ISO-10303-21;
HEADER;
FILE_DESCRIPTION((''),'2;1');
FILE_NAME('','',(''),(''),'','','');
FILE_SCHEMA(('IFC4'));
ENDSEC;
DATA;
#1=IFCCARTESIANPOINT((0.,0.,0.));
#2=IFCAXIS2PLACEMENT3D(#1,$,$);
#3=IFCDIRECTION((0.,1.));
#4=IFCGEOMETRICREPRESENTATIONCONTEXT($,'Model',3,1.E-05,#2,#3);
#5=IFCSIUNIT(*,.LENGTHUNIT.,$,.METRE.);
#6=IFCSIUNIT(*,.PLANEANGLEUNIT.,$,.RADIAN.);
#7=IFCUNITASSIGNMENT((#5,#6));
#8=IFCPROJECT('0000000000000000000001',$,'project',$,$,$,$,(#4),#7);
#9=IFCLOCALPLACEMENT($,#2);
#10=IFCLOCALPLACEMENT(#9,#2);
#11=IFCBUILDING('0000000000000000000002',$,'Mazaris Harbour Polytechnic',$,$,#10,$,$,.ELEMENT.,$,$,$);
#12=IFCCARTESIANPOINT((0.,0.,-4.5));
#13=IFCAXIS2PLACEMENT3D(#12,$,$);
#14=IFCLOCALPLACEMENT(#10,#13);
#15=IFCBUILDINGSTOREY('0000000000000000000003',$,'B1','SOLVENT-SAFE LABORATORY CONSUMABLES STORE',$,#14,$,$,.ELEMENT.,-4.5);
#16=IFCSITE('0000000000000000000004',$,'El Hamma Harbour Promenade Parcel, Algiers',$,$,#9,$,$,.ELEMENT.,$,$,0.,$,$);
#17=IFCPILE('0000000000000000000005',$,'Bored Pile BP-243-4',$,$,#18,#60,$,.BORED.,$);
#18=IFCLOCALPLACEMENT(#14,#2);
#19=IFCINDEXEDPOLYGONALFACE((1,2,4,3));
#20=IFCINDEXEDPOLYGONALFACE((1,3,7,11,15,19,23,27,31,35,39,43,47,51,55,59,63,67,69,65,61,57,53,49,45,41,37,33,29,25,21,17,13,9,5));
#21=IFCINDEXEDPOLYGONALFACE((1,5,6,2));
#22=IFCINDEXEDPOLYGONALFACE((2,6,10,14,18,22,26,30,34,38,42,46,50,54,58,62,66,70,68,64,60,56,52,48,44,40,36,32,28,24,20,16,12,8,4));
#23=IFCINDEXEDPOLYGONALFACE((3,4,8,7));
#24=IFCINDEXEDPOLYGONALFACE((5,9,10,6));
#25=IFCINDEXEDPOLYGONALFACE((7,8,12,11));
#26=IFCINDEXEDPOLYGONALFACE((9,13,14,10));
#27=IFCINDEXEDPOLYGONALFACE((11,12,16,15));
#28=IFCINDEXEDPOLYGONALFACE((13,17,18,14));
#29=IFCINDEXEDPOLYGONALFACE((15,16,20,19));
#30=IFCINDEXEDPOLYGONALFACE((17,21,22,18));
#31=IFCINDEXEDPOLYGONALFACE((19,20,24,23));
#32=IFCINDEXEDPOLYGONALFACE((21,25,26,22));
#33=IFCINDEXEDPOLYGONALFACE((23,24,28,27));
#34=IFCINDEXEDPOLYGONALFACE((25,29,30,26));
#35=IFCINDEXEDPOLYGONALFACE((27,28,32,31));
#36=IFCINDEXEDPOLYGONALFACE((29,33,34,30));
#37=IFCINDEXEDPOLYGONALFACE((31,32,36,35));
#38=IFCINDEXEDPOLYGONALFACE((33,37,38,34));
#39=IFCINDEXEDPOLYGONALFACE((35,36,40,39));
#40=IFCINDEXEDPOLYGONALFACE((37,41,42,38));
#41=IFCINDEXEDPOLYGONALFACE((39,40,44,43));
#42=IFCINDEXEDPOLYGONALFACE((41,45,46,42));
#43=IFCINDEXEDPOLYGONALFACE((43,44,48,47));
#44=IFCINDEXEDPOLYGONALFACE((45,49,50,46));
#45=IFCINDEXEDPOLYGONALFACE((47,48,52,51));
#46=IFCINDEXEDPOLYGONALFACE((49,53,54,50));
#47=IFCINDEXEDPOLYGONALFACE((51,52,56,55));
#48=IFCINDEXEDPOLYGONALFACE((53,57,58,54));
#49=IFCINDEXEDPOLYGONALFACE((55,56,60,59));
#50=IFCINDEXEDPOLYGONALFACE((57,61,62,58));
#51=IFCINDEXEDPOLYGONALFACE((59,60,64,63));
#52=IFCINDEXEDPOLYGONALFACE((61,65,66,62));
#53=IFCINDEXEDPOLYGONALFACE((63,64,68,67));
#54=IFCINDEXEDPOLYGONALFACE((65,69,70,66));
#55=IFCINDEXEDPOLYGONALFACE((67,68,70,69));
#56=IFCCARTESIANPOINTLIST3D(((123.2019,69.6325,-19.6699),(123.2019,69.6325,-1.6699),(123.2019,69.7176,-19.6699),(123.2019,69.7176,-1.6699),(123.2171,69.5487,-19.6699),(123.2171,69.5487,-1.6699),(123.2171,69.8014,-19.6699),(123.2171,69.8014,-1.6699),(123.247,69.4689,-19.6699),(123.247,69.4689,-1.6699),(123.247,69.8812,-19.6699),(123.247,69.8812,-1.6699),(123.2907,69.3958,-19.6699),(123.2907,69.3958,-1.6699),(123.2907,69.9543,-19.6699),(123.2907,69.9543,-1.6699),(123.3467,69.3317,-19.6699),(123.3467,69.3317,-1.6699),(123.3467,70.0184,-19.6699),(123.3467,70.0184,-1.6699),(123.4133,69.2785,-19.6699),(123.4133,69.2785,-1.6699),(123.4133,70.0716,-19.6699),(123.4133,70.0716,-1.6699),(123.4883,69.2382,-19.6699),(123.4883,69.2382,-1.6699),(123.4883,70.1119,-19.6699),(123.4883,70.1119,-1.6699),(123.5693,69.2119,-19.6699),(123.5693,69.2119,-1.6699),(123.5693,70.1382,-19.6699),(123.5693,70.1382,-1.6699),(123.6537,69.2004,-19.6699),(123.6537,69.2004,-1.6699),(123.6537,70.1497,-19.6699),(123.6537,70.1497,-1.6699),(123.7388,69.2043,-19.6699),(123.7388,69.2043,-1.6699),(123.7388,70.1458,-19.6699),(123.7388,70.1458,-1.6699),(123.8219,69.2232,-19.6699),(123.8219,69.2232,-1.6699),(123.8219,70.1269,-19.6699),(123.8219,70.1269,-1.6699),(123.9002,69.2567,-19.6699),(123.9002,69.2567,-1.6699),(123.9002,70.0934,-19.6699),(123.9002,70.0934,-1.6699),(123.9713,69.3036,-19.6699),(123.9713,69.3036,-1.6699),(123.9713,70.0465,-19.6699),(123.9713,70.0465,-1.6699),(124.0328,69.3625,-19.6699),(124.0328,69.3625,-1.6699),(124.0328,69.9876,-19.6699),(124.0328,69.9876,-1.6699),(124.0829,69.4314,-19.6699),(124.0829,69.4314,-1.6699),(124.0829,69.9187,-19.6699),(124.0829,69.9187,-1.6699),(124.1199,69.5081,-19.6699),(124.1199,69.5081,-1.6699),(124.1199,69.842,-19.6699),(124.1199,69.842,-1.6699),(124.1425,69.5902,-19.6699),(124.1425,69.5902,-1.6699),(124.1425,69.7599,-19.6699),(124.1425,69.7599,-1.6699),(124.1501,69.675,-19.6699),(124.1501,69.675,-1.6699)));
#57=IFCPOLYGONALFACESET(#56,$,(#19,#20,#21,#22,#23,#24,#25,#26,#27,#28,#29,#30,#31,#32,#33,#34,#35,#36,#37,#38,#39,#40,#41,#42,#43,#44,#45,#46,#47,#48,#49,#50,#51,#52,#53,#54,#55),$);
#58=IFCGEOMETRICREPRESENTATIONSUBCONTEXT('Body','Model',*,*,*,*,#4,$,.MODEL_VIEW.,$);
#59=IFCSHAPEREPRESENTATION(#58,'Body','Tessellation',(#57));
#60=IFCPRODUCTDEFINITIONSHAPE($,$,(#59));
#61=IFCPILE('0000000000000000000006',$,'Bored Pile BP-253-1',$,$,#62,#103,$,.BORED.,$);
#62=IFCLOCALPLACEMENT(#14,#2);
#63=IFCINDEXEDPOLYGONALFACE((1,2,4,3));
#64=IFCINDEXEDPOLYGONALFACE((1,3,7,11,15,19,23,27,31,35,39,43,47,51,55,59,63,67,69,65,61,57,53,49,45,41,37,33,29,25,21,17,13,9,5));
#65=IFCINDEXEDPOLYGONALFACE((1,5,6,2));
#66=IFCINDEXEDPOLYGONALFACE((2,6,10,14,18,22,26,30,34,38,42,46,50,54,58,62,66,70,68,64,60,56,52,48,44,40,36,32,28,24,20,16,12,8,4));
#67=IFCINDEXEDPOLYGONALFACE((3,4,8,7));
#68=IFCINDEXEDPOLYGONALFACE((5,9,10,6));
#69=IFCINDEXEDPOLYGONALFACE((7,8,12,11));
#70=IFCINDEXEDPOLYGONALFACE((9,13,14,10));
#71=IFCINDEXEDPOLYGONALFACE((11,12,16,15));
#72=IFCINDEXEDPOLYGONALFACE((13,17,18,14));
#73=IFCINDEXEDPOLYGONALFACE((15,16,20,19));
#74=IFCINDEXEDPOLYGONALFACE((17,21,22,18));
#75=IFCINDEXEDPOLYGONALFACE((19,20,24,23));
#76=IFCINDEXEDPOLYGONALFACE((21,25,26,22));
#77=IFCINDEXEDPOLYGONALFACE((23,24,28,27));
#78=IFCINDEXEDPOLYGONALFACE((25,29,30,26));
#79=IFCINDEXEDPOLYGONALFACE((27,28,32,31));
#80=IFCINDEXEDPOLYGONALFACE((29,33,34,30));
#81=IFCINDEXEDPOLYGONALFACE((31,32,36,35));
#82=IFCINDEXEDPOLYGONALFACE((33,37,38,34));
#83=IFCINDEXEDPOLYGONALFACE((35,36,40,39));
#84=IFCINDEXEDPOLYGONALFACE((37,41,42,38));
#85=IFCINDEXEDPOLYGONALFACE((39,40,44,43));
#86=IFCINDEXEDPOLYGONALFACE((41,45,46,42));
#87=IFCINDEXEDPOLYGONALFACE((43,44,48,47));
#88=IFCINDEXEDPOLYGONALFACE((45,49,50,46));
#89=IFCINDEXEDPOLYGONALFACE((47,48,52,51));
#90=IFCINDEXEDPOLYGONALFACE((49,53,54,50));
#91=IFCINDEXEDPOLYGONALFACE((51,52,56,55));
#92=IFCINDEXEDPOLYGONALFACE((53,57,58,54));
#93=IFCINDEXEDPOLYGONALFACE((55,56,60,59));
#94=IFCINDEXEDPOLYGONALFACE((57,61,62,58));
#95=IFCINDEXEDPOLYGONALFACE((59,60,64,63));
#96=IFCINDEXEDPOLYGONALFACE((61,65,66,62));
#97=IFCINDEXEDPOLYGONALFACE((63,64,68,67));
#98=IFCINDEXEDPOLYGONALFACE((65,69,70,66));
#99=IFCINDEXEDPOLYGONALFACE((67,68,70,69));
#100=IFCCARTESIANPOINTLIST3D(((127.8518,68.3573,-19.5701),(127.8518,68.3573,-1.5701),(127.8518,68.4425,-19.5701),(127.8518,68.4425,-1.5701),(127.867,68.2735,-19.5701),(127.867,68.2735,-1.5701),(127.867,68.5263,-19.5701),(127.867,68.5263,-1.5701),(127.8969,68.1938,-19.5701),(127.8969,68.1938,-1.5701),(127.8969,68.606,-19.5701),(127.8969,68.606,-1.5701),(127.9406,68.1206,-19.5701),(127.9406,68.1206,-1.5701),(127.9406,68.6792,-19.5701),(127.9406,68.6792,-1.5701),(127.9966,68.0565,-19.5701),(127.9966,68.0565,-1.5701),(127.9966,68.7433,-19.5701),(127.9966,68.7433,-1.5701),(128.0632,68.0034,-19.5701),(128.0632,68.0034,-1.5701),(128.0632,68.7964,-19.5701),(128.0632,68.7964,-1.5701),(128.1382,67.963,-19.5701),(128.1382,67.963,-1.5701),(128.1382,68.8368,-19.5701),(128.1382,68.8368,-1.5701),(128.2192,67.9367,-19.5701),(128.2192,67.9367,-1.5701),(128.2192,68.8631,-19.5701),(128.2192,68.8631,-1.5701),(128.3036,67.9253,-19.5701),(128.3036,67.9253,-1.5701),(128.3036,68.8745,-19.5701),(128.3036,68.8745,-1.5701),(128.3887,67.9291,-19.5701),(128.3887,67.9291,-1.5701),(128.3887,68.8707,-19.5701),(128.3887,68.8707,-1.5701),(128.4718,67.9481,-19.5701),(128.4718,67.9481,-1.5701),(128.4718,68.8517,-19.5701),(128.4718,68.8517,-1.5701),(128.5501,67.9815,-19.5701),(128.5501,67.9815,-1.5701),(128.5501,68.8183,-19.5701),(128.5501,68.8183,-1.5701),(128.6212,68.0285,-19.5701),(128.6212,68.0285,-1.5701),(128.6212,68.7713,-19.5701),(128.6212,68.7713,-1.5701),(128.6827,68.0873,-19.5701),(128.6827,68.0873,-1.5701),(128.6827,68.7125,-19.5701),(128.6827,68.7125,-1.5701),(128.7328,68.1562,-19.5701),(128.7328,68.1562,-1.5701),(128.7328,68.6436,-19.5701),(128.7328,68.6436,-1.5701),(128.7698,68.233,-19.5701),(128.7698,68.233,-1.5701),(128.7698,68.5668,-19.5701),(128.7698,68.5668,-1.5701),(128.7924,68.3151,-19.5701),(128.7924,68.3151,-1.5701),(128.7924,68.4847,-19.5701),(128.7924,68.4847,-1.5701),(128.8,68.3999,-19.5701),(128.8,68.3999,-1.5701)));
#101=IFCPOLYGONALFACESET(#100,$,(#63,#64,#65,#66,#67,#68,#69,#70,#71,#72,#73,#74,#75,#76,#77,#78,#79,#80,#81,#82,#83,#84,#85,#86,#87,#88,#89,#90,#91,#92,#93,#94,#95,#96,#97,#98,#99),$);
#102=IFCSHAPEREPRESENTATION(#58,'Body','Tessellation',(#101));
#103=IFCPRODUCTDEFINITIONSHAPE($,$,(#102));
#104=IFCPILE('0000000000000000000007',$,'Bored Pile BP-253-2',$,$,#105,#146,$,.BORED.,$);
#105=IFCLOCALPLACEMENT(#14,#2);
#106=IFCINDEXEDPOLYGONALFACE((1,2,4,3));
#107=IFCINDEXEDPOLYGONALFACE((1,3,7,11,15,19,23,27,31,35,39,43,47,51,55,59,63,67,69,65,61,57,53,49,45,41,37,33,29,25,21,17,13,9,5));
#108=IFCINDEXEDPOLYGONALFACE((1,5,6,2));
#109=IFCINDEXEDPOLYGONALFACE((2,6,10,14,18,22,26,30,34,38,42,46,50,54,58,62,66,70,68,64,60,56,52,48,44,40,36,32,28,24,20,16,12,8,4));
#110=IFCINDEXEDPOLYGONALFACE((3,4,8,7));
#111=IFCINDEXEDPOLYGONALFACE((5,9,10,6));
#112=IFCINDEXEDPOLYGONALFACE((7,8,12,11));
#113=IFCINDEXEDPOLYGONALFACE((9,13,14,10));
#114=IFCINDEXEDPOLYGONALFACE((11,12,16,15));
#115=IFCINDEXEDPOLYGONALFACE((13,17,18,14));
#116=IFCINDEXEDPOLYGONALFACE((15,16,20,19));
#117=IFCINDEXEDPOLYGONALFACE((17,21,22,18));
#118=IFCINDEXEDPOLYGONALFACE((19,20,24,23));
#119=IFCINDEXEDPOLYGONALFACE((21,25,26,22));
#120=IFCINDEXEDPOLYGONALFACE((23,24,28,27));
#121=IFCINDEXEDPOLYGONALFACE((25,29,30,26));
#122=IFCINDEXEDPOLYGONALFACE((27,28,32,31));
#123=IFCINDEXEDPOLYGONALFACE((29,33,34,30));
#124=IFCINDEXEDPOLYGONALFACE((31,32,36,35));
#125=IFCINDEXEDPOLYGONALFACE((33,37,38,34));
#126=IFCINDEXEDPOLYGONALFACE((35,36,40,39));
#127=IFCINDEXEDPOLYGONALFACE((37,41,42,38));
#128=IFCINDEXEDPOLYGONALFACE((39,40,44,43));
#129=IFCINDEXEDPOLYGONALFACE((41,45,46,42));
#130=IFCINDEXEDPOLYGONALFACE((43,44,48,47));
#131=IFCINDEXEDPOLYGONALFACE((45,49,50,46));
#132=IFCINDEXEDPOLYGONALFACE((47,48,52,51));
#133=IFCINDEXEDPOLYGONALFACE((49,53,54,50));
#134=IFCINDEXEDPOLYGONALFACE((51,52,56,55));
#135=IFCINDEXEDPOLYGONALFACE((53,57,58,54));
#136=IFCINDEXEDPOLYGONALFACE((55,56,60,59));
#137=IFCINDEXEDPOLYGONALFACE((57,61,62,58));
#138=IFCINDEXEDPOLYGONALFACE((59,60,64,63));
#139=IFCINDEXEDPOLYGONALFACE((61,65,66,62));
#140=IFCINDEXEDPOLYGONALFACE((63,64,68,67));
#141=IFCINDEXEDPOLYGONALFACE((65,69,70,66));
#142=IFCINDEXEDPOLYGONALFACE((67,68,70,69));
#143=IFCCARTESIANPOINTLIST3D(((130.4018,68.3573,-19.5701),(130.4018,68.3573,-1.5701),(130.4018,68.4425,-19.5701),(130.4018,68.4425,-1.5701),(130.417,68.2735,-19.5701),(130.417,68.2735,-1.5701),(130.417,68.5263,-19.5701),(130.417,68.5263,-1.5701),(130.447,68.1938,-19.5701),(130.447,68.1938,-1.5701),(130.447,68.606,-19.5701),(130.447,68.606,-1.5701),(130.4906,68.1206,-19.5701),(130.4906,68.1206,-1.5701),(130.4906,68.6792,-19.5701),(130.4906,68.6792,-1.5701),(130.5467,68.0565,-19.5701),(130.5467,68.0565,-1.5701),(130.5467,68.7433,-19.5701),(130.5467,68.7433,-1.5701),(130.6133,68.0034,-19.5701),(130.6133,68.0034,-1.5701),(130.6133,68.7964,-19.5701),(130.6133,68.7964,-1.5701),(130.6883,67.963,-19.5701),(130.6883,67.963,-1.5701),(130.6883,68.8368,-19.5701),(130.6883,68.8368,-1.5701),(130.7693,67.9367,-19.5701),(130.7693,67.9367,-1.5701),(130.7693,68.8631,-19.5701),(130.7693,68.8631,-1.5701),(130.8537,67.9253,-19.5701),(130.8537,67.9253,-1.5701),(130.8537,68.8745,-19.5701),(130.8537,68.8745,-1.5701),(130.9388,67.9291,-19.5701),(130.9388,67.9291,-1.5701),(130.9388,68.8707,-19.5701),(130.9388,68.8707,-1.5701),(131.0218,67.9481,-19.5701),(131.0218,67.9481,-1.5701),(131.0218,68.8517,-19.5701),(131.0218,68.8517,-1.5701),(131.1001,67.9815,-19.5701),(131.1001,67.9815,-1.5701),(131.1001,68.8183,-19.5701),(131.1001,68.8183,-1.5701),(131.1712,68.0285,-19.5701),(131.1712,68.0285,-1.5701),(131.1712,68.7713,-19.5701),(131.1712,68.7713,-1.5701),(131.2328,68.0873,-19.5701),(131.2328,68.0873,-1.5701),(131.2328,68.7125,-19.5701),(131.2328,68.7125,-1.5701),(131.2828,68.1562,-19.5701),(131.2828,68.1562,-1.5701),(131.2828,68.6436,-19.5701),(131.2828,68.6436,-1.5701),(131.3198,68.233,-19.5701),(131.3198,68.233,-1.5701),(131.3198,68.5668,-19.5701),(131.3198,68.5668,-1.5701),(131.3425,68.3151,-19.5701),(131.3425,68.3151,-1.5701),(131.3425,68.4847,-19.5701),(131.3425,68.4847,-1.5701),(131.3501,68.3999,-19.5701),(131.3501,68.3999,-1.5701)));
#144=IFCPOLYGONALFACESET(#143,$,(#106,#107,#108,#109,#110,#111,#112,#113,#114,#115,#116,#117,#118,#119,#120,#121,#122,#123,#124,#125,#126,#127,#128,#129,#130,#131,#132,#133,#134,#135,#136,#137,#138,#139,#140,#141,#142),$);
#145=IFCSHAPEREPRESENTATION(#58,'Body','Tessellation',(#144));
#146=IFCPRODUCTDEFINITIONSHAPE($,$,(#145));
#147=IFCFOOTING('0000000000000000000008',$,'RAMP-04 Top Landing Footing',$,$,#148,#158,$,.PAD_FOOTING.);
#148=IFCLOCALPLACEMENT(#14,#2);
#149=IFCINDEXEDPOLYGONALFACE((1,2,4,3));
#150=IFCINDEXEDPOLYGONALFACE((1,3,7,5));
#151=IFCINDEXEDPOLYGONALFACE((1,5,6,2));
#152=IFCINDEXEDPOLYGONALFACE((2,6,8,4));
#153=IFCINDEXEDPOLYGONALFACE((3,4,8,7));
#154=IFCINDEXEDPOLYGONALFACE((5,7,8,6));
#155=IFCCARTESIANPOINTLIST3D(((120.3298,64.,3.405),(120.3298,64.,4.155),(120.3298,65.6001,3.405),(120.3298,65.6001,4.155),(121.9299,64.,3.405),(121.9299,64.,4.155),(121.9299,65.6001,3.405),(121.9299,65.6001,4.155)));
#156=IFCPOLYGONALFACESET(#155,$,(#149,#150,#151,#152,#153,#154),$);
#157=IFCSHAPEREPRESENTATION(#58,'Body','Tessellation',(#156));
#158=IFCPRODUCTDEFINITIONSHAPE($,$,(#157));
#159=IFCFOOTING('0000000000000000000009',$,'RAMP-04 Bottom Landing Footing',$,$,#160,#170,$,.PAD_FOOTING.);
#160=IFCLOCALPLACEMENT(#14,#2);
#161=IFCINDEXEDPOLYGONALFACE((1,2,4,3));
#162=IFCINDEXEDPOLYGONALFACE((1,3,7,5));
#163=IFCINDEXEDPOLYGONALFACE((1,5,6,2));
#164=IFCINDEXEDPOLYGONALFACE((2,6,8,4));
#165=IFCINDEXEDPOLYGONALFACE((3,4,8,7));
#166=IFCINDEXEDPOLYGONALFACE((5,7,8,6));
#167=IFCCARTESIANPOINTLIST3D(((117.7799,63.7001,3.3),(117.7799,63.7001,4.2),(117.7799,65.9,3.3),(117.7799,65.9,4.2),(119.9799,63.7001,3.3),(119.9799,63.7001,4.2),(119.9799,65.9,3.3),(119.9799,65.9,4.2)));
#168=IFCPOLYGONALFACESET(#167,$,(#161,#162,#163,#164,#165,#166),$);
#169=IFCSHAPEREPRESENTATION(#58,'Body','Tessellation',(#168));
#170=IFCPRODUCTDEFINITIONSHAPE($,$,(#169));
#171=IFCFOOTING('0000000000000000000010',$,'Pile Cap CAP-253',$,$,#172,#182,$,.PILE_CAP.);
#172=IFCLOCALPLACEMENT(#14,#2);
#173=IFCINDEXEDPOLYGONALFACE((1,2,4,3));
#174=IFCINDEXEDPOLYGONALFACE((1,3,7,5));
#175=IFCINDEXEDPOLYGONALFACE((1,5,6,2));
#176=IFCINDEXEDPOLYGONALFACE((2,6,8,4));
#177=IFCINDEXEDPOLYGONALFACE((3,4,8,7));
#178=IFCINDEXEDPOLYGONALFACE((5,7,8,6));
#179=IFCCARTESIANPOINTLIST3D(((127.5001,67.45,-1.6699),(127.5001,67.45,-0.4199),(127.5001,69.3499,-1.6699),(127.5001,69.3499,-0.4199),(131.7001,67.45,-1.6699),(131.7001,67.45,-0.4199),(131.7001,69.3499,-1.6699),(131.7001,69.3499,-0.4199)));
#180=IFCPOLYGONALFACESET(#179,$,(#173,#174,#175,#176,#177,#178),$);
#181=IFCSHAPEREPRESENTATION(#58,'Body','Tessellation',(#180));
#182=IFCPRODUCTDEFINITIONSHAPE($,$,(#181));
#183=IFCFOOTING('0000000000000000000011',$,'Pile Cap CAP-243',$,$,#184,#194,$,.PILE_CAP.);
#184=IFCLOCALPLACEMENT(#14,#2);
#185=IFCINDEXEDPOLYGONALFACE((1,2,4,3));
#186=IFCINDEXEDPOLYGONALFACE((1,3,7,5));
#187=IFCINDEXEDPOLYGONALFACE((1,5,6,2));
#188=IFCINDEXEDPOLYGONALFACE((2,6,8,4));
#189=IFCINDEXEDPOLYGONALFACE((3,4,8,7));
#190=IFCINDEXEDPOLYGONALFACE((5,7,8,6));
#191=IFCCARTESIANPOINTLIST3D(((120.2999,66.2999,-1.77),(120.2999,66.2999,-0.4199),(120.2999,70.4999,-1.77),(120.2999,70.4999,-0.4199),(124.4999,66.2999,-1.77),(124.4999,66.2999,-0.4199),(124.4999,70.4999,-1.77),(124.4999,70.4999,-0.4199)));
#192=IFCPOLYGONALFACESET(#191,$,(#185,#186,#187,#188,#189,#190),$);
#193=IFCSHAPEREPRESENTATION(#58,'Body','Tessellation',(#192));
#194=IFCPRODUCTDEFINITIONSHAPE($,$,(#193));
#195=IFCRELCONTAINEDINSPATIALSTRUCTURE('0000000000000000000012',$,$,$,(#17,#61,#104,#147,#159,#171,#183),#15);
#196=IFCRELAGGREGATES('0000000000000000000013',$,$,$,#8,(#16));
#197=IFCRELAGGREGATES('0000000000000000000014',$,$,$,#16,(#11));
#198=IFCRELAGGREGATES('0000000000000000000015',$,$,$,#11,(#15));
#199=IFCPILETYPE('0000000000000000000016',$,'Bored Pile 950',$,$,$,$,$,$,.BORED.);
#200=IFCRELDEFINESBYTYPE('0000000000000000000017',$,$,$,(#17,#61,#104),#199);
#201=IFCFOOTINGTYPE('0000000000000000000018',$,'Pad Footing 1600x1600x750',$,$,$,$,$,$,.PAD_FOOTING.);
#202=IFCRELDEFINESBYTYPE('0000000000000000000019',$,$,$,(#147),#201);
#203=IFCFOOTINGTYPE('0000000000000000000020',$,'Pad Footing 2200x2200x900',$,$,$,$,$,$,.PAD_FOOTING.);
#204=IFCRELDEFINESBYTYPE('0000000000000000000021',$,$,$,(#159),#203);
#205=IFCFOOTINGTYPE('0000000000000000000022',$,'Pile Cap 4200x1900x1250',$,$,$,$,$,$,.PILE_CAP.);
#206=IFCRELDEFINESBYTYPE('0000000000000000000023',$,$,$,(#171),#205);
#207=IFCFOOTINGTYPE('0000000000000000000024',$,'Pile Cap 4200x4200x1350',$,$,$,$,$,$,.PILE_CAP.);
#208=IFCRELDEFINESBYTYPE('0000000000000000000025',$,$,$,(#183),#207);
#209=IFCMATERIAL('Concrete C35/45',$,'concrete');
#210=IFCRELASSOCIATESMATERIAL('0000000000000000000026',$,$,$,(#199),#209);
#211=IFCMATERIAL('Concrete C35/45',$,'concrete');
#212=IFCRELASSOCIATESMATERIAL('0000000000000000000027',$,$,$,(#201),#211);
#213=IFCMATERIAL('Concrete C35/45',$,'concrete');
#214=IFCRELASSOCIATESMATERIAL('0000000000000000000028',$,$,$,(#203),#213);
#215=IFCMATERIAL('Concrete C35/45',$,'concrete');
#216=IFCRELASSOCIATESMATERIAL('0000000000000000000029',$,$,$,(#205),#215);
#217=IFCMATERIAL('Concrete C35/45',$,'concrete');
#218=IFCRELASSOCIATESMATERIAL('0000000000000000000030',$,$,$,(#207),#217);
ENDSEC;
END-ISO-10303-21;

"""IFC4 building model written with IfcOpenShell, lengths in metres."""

from ifc_helpers import new_model, si_unit, direction, frame, origin, origin_2d, place, context, subcontext, project, spatial, rectangle, circle, extrude, material, material_profile, profile_set, type_object, element, save


model = new_model("IFC4")

# Units and contexts
model_context = context("Model", 3, precision=1e-05, world=origin(), true_north=direction((0.0, 1.0)))
body_context = subcontext(model_context, "Body", "Model", "MODEL_VIEW")
ifc_project = project(units=[si_unit("LENGTHUNIT", "METRE"), si_unit("PLANEANGLEUNIT", "RADIAN")], contexts=[model_context])

# Site, building, storey
site_placement = place(None, origin())
site = spatial("IfcSite", under=ifc_project, at=site_placement, Name="El Hamma Harbour Promenade Parcel, Algiers", CompositionType="ELEMENT", RefElevation=0.0)
building_placement = place(site_placement, origin())
building = spatial("IfcBuilding", under=site, at=building_placement, Name="Mazaris Harbour Polytechnic", CompositionType="ELEMENT")
storey_placement = place(building_placement, frame((0.0, 0.0, -4.5)))
storey = spatial("IfcBuildingStorey", under=building, at=storey_placement, Name="B1", Description="SOLVENT-SAFE LABORATORY CONSUMABLES STORE", CompositionType="ELEMENT", Elevation=-4.5)

# Piles
ifc_material_1 = material(Name="Concrete C35/45", Category="concrete")
ifc_material_profile_1 = material_profile(ifc_material_1, circle(Radius=0.4751, at=origin_2d()), Name="DIA950")
ifc_profile_set_1 = profile_set([ifc_material_profile_1], Name="Concrete C35/45")
pile_type_1 = type_object("IfcPileType", Name="Bored Pile 950", PredefinedType="BORED", material=ifc_profile_set_1)
for number, where, z_axis, x_axis, name in (
    (1, (123.675, 69.675, -1.6699), (0.0, 0.0, -1.0), (1.0, 0.0, 0.0), "Bored Pile BP-243-4"),
    (2, (128.325, 68.3999, -1.5701), (0.0, 0.0, -1.0), (1.0, 0.0, 0.0), "Bored Pile BP-253-1"),
    (3, (130.875, 68.3999, -1.5701), (0.0, 0.0, -1.0), (1.0, 0.0, 0.0), "Bored Pile BP-253-2"),
):
    element("IfcPile", number, at=place(storey_placement, frame(where, z_axis=z_axis, x_axis=x_axis)), inside=storey, type_object=pile_type_1, Name=name, PredefinedType="BORED", context=body_context, shape_type="SweptSolid", body=[
        extrude(circle(Radius=0.4751, at=origin_2d()), origin(), (0.0, 0.0, 1.0), 18.0),
    ])

# Footings
ifc_material_2 = material(Name="Concrete C35/45", Category="concrete")
footing_type_1 = type_object("IfcFootingType", Name="Pad Footing 1600x1600x750", PredefinedType="PAD_FOOTING", material=ifc_material_2)
footing_1_placement = place(storey_placement, frame((121.1299, 64.8, 3.405), z_axis=(0.0, 0.0, 1.0), x_axis=(1.0, 0.0, 0.0)))
element("IfcFooting", 4, at=footing_1_placement, inside=storey, type_object=footing_type_1, Name="RAMP-04 Top Landing Footing", PredefinedType="PAD_FOOTING", context=body_context, shape_type="SweptSolid", body=[
    extrude(rectangle(XDim=1.6001, YDim=1.6001, at=origin_2d()), origin(), (0.0, 0.0, 1.0), 0.75),
])
ifc_material_3 = material(Name="Concrete C35/45", Category="concrete")
footing_type_2 = type_object("IfcFootingType", Name="Pad Footing 2200x2200x900", PredefinedType="PAD_FOOTING", material=ifc_material_3)
footing_2_placement = place(storey_placement, frame((118.8799, 64.8, 3.3), z_axis=(0.0, 0.0, 1.0), x_axis=(1.0, 0.0, 0.0)))
element("IfcFooting", 5, at=footing_2_placement, inside=storey, type_object=footing_type_2, Name="RAMP-04 Bottom Landing Footing", PredefinedType="PAD_FOOTING", context=body_context, shape_type="SweptSolid", body=[
    extrude(rectangle(XDim=2.2, YDim=2.2, at=origin_2d()), origin(), (0.0, 0.0, 1.0), 0.8999),
])
ifc_material_4 = material(Name="Concrete C35/45", Category="concrete")
footing_type_3 = type_object("IfcFootingType", Name="Pile Cap 4200x1900x1250", PredefinedType="PILE_CAP", material=ifc_material_4)
footing_3_placement = place(storey_placement, frame((129.6001, 68.3999, -1.6699), z_axis=(0.0, 0.0, 1.0), x_axis=(1.0, 0.0, 0.0)))
element("IfcFooting", 6, at=footing_3_placement, inside=storey, type_object=footing_type_3, Name="Pile Cap CAP-253", PredefinedType="PILE_CAP", context=body_context, shape_type="SweptSolid", body=[
    extrude(rectangle(XDim=4.2, YDim=1.8999, at=origin_2d()), origin(), (0.0, 0.0, 1.0), 1.25),
])
ifc_material_5 = material(Name="Concrete C35/45", Category="concrete")
footing_type_4 = type_object("IfcFootingType", Name="Pile Cap 4200x4200x1350", PredefinedType="PILE_CAP", material=ifc_material_5)
footing_4_placement = place(storey_placement, frame((122.3999, 68.3999, -1.77), z_axis=(0.0, 0.0, 1.0), x_axis=(1.0, 0.0, 0.0)))
element("IfcFooting", 7, at=footing_4_placement, inside=storey, type_object=footing_type_4, Name="Pile Cap CAP-243", PredefinedType="PILE_CAP", context=body_context, shape_type="SweptSolid", body=[
    extrude(rectangle(XDim=4.2, YDim=4.2, at=origin_2d()), origin(), (0.0, 0.0, 1.0), 1.3501),
])

save(model, "model.ifc")
